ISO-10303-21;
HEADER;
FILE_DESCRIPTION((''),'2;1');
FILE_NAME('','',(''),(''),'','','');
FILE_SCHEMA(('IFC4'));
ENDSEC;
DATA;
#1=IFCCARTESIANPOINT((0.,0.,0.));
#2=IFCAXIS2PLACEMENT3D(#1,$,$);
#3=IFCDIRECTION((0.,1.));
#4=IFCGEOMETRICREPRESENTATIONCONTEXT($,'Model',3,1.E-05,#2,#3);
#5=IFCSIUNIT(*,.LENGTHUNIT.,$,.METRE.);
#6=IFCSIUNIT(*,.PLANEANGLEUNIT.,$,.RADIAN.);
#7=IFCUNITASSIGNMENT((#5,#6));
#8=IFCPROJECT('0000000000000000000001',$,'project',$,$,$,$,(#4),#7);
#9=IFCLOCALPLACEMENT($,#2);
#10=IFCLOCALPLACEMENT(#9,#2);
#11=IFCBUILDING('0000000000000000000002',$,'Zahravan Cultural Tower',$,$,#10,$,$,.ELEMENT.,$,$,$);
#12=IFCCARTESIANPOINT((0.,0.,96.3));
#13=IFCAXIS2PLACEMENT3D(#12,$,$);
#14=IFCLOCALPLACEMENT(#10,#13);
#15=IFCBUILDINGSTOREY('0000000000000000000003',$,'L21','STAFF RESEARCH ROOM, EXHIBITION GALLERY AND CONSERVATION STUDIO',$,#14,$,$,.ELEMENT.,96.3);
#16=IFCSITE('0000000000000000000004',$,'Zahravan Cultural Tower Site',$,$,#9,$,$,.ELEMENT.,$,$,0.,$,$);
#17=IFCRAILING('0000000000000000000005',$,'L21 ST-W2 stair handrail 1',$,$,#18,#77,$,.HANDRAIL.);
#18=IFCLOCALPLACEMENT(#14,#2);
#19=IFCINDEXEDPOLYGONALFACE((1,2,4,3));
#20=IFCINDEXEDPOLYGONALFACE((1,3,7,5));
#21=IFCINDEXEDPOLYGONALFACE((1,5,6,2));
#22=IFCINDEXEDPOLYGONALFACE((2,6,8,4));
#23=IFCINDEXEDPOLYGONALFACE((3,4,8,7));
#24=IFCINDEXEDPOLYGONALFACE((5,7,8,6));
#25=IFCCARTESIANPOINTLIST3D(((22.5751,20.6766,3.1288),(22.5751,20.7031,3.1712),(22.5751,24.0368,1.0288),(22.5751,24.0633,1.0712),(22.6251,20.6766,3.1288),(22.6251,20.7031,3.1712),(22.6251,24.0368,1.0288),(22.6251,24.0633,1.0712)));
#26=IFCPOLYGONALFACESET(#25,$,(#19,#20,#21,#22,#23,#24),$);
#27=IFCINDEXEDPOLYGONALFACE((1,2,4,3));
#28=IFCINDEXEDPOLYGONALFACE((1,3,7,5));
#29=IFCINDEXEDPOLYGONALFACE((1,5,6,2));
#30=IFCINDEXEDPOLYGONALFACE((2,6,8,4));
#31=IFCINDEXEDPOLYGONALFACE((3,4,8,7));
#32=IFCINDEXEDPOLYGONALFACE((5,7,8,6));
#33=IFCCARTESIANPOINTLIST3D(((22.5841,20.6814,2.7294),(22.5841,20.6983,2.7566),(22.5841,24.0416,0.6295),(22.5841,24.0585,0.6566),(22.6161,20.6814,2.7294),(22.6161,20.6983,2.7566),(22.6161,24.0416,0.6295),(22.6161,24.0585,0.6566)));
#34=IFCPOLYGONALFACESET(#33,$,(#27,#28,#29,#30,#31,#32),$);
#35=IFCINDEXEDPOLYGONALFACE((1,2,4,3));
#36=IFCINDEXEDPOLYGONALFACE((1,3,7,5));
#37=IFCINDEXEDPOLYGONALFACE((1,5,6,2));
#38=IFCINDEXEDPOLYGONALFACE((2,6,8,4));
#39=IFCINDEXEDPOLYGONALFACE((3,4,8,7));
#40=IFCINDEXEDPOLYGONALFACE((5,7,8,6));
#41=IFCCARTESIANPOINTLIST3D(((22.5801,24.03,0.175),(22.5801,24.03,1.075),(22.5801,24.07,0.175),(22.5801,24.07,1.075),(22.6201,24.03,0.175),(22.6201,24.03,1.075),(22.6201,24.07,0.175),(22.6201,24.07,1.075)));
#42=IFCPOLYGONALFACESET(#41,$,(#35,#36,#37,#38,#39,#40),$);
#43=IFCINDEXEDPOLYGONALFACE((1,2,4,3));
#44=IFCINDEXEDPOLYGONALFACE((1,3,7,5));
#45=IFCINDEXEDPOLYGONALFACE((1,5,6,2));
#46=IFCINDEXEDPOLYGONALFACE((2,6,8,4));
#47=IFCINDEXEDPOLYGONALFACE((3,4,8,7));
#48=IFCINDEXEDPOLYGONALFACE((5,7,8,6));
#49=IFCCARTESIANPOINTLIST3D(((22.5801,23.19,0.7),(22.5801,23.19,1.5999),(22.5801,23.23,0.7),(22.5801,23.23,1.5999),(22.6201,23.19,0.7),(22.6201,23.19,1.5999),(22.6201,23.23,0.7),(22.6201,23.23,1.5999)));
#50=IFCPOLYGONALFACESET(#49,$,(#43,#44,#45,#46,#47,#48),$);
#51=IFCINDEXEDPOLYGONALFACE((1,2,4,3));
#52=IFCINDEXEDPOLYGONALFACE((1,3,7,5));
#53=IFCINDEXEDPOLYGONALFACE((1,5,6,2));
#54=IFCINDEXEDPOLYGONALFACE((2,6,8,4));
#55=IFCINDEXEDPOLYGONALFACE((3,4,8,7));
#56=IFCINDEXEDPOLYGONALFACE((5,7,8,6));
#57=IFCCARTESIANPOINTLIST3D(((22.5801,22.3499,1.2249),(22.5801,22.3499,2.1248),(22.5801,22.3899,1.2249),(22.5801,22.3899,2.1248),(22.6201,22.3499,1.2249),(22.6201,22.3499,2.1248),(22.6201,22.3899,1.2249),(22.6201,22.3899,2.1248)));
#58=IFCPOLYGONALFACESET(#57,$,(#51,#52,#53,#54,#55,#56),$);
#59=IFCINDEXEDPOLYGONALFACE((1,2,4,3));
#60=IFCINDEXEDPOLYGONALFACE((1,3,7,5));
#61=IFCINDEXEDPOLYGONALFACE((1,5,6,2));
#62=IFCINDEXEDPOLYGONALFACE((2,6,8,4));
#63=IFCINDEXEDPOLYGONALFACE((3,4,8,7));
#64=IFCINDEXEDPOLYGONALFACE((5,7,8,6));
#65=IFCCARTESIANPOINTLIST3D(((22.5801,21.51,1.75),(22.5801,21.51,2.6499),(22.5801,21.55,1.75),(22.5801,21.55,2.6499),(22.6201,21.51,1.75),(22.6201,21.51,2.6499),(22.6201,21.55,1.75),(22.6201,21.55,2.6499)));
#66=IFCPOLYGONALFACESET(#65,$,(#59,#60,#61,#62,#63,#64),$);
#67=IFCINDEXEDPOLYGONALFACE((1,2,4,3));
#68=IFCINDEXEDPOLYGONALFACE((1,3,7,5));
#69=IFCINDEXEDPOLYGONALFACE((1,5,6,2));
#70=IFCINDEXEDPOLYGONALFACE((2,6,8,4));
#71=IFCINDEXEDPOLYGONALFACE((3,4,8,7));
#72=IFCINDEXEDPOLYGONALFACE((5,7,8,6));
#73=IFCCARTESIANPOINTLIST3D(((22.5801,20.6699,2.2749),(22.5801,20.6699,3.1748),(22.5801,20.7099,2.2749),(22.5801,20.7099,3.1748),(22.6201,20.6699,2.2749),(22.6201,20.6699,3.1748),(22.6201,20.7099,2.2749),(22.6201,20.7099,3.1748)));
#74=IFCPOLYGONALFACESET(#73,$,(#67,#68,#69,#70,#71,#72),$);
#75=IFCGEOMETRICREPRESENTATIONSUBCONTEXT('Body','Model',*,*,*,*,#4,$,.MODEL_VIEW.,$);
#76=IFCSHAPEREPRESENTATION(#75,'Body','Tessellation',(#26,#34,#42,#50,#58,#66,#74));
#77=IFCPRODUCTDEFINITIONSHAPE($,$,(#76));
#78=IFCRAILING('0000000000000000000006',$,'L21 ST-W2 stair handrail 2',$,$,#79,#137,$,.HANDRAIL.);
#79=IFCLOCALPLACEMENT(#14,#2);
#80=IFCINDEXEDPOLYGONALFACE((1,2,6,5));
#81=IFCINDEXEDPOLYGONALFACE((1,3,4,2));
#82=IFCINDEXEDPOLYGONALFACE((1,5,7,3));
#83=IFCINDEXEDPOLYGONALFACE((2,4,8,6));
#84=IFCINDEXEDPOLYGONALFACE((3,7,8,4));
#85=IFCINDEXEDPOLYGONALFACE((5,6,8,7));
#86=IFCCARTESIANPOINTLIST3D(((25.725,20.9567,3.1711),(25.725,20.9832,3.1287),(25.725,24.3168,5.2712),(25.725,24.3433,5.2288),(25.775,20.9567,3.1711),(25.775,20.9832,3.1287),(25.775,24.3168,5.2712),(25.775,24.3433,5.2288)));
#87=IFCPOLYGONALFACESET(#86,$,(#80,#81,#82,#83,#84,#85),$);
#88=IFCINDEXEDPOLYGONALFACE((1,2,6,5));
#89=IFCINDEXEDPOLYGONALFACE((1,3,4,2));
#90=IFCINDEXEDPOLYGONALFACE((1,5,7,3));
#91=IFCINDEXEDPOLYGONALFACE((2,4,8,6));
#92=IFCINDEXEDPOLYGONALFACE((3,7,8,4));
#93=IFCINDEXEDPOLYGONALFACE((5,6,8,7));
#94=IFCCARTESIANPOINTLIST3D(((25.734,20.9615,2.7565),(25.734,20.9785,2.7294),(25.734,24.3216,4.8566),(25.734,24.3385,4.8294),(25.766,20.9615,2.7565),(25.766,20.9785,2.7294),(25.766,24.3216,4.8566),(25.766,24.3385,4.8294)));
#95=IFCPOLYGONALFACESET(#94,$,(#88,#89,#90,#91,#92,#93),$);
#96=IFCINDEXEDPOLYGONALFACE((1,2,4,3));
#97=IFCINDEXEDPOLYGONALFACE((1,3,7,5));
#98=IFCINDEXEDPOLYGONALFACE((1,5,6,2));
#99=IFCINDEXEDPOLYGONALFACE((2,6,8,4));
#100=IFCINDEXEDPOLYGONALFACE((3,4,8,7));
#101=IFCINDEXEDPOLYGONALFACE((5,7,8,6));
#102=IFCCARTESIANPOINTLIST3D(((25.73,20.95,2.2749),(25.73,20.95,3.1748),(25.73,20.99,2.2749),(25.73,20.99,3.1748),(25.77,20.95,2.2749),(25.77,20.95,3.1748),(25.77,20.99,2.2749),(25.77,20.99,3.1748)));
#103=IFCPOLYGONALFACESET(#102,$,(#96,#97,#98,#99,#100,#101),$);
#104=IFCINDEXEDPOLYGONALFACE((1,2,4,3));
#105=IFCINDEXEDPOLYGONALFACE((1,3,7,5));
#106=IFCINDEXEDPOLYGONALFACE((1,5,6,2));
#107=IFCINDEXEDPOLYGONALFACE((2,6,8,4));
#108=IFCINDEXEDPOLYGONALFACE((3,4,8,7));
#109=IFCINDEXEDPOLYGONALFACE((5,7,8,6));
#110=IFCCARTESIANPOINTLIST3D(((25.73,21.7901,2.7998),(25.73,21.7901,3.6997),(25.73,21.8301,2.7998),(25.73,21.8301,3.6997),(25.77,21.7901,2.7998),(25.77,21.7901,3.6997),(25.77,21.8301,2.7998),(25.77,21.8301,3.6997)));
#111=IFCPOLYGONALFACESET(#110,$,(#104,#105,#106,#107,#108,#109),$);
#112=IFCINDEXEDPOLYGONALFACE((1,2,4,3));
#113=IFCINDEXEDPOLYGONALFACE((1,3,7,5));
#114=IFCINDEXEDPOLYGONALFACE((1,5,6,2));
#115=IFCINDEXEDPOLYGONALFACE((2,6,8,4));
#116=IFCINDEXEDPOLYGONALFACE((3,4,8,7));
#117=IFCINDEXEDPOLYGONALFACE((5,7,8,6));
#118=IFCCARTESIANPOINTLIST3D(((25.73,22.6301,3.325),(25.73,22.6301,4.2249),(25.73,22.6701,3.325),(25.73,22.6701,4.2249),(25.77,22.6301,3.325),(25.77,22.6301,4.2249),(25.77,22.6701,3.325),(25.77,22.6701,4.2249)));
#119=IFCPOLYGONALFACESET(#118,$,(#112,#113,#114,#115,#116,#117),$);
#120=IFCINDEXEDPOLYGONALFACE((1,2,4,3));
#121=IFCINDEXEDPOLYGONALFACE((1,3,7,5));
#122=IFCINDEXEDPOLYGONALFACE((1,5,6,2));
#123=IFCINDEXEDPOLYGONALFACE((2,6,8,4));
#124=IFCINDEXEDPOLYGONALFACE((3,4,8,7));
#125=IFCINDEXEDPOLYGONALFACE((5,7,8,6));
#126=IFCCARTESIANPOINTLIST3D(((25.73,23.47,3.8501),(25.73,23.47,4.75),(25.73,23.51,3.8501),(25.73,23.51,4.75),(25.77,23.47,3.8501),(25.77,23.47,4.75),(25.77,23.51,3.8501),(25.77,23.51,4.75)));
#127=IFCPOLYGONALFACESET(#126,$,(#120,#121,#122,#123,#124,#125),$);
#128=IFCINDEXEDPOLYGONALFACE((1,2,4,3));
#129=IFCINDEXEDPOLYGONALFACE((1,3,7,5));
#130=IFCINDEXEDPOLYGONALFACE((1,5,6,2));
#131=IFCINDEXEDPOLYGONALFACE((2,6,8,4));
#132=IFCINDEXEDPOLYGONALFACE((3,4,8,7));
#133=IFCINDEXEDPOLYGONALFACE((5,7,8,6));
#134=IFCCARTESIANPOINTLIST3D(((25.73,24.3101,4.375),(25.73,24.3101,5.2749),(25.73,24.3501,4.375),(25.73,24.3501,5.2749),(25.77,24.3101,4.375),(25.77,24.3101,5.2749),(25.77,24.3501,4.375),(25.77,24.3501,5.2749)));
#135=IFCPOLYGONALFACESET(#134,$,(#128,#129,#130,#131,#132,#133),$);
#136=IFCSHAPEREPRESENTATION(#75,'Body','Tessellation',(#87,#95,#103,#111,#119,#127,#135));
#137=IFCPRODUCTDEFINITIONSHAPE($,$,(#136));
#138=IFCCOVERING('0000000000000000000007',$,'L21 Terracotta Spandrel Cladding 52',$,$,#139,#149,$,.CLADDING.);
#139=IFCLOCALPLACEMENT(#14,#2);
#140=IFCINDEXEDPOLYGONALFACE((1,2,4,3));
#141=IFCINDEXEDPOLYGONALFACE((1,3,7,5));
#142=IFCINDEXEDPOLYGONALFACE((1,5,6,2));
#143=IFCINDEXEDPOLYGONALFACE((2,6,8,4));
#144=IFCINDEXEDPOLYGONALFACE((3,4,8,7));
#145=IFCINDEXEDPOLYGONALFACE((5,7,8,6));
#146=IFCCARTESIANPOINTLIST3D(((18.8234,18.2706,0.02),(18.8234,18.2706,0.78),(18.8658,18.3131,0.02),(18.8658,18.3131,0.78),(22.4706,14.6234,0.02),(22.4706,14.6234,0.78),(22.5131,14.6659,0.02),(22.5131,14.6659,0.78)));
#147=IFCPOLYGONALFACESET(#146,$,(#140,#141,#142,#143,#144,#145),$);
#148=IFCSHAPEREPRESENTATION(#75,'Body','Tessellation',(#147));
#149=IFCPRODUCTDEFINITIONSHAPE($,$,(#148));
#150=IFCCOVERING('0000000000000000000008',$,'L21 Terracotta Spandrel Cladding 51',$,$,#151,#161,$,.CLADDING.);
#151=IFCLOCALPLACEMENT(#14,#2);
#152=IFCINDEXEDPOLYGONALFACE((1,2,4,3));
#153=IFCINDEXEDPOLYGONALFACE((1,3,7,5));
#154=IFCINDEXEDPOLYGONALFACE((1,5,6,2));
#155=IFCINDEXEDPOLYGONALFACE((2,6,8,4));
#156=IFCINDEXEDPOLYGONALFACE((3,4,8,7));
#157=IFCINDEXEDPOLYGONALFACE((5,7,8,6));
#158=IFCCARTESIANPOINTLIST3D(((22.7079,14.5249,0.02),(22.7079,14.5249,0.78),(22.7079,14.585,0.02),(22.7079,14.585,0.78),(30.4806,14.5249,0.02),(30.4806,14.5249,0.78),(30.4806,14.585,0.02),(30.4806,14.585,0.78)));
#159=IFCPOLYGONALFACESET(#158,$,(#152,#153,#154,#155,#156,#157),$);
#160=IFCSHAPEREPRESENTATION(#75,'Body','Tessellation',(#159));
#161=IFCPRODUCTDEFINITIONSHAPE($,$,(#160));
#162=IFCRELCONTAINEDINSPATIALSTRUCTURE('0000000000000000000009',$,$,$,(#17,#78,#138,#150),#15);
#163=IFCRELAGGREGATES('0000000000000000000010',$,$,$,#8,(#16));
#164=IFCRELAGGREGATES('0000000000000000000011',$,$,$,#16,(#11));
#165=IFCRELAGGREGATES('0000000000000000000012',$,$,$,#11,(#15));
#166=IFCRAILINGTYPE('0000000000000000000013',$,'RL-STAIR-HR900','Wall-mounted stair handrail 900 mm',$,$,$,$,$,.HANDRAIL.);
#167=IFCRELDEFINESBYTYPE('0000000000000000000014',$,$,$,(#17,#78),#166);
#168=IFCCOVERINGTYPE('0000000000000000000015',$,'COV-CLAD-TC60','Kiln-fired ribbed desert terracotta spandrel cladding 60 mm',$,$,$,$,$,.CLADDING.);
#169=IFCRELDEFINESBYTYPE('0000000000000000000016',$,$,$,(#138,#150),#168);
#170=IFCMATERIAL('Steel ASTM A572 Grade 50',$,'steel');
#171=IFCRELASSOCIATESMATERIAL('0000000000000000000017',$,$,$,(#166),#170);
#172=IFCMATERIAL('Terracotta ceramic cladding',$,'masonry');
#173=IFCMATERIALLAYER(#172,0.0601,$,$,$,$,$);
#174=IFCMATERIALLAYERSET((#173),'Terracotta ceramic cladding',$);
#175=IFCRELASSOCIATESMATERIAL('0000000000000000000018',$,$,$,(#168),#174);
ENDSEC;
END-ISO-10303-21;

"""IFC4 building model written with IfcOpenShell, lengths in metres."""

from ifc_helpers import new_model, si_unit, direction, frame, origin, origin_2d, place, context, subcontext, project, spatial, rectangle, extrude, source, transform, mapped, material, layer, layer_set, type_object, element, save


model = new_model("IFC4")

# Units and contexts
model_context = context("Model", 3, precision=1e-05, world=origin(), true_north=direction((0.0, 1.0)))
body_context = subcontext(model_context, "Body", "Model", "MODEL_VIEW")
ifc_project = project(units=[si_unit("LENGTHUNIT", "METRE"), si_unit("PLANEANGLEUNIT", "RADIAN")], contexts=[model_context])

# Site, building, storey
site_placement = place(None, origin())
site = spatial("IfcSite", under=ifc_project, at=site_placement, Name="Zahravan Cultural Tower Site", CompositionType="ELEMENT", RefElevation=0.0)
building_placement = place(site_placement, origin())
building = spatial("IfcBuilding", under=site, at=building_placement, Name="Zahravan Cultural Tower", CompositionType="ELEMENT")
storey_placement = place(building_placement, frame((0.0, 0.0, 96.3)))
storey = spatial("IfcBuildingStorey", under=building, at=storey_placement, Name="L21", Description="STAFF RESEARCH ROOM, EXHIBITION GALLERY AND CONSERVATION STUDIO", CompositionType="ELEMENT", Elevation=96.3)

# Shared definitions
ifc_material_1 = material(Name="Steel ASTM A572 Grade 50", Category="steel")

# Railings
railing_type_1 = type_object("IfcRailingType", Name="RL-STAIR-HR900", Description="Wall-mounted stair handrail 900 mm", PredefinedType="HANDRAIL", material=ifc_material_1)
railing_1_placement = place(storey_placement, frame((22.6001, 24.05, 0.175)))
element("IfcRailing", 1, at=railing_1_placement, inside=storey, type_object=railing_type_1, Name="L21 ST-W2 stair handrail 1", PredefinedType="HANDRAIL", context=body_context, shape_type="SweptSolid", body=[
    extrude(rectangle(XDim=0.05, YDim=0.05, at=origin_2d()), frame((0.0, 0.0, 0.875), z_axis=(0.0, -0.848023, 0.52996), x_axis=(1.0, 0.0, 0.0)), (0.0, 0.0, 1.0), 3.9624),
    extrude(rectangle(XDim=0.032, YDim=0.032, at=origin_2d()), frame((0.0, 0.0, 0.468), z_axis=(0.0, -0.848023, 0.52996), x_axis=(1.0, 0.0, 0.0)), (0.0, 0.0, 1.0), 3.9624),
    extrude(rectangle(XDim=0.04, YDim=0.04, at=origin_2d()), origin(), (0.0, 0.0, 1.0), 0.8999),
    extrude(rectangle(XDim=0.04, YDim=0.04, at=origin_2d()), frame((0.0, -0.8401, 0.5249)), (0.0, 0.0, 1.0), 0.8999),
    extrude(rectangle(XDim=0.04, YDim=0.04, at=origin_2d()), frame((0.0, -1.6802, 1.0498)), (0.0, 0.0, 1.0), 0.8999),
    extrude(rectangle(XDim=0.04, YDim=0.04, at=origin_2d()), frame((0.0, -2.52, 1.575)), (0.0, 0.0, 1.0), 0.8999),
    extrude(rectangle(XDim=0.04, YDim=0.04, at=origin_2d()), frame((0.0, -3.3601, 2.0999)), (0.0, 0.0, 1.0), 0.8999),
])
railing_2_placement = place(storey_placement, frame((25.75, 20.97, 2.2749)))
element("IfcRailing", 2, at=railing_2_placement, inside=storey, type_object=railing_type_1, Name="L21 ST-W2 stair handrail 2", PredefinedType="HANDRAIL", context=body_context, shape_type="SweptSolid", body=[
    extrude(rectangle(XDim=0.05, YDim=0.05, at=origin_2d()), frame((0.0, 0.0, 0.875), z_axis=(0.0, 0.847995, 0.530004), x_axis=(-1.0, 0.0, 0.0)), (0.0, 0.0, 1.0), 3.9624),
    extrude(rectangle(XDim=0.032, YDim=0.032, at=origin_2d()), frame((0.0, 0.0, 0.468), z_axis=(0.0, 0.847995, 0.530004), x_axis=(-1.0, 0.0, 0.0)), (0.0, 0.0, 1.0), 3.9624),
    extrude(rectangle(XDim=0.04, YDim=0.04, at=origin_2d()), origin(), (0.0, 0.0, 1.0), 0.8999),
    extrude(rectangle(XDim=0.04, YDim=0.04, at=origin_2d()), frame((0.0, 0.8401, 0.5249)), (0.0, 0.0, 1.0), 0.8999),
    extrude(rectangle(XDim=0.04, YDim=0.04, at=origin_2d()), frame((0.0, 1.6802, 1.05)), (0.0, 0.0, 1.0), 0.8999),
    extrude(rectangle(XDim=0.04, YDim=0.04, at=origin_2d()), frame((0.0, 2.52, 1.5752)), (0.0, 0.0, 1.0), 0.8999),
    extrude(rectangle(XDim=0.04, YDim=0.04, at=origin_2d()), frame((0.0, 3.3601, 2.1001)), (0.0, 0.0, 1.0), 0.8999),
])

# Coverings
ifc_material_2 = material(Name="Terracotta ceramic cladding", Category="masonry")
ifc_layer_1 = layer(ifc_material_2, 0.0601)
ifc_layer_set_1 = layer_set([ifc_layer_1], Name="Terracotta ceramic cladding")
covering_type = type_object("IfcCoveringType", Name="COV-CLAD-TC60", Description="Kiln-fired ribbed desert terracotta spandrel cladding 60 mm", PredefinedType="CLADDING", material=ifc_layer_set_1)
shared_shape_1 = source(origin(), body_context, "Body", "SweptSolid", [
    extrude(rectangle(XDim=5.158, YDim=0.0601, at=origin_2d()), origin(), (0.0, 0.0, 1.0), 0.76),
])
covering_1_placement = place(storey_placement, frame((20.6682, 16.4683, 0.02), z_axis=(0.0, 0.0, 1.0), x_axis=(-0.707107, 0.707107, 0.0)))
element("IfcCovering", 3, at=covering_1_placement, inside=storey, type_object=covering_type, Name="L21 Terracotta Spandrel Cladding 52", PredefinedType="CLADDING", context=body_context, shape_type="MappedRepresentation", body=[
    mapped(shared_shape_1, transform((0.0, 0.0, 0.0), x_axis=(1.0, 0.0, 0.0), y_axis=(0.0, 1.0, 0.0), z_axis=(0.0, 0.0, 1.0), scale=1.0)),
])
shared_shape_2 = source(origin(), body_context, "Body", "SweptSolid", [
    extrude(rectangle(XDim=7.7727, YDim=0.0601, at=origin_2d()), origin(), (0.0, 0.0, 1.0), 0.76),
])
covering_2_placement = place(storey_placement, frame((26.5942, 14.5549, 0.02), z_axis=(0.0, 0.0, 1.0), x_axis=(-1.0, 0.0, 0.0)))
element("IfcCovering", 4, at=covering_2_placement, inside=storey, type_object=covering_type, Name="L21 Terracotta Spandrel Cladding 51", PredefinedType="CLADDING", context=body_context, shape_type="MappedRepresentation", body=[
    mapped(shared_shape_2, transform((0.0, 0.0, 0.0), x_axis=(1.0, 0.0, 0.0), y_axis=(0.0, 1.0, 0.0), z_axis=(0.0, 0.0, 1.0), scale=1.0)),
])

save(model, "model.ifc")
